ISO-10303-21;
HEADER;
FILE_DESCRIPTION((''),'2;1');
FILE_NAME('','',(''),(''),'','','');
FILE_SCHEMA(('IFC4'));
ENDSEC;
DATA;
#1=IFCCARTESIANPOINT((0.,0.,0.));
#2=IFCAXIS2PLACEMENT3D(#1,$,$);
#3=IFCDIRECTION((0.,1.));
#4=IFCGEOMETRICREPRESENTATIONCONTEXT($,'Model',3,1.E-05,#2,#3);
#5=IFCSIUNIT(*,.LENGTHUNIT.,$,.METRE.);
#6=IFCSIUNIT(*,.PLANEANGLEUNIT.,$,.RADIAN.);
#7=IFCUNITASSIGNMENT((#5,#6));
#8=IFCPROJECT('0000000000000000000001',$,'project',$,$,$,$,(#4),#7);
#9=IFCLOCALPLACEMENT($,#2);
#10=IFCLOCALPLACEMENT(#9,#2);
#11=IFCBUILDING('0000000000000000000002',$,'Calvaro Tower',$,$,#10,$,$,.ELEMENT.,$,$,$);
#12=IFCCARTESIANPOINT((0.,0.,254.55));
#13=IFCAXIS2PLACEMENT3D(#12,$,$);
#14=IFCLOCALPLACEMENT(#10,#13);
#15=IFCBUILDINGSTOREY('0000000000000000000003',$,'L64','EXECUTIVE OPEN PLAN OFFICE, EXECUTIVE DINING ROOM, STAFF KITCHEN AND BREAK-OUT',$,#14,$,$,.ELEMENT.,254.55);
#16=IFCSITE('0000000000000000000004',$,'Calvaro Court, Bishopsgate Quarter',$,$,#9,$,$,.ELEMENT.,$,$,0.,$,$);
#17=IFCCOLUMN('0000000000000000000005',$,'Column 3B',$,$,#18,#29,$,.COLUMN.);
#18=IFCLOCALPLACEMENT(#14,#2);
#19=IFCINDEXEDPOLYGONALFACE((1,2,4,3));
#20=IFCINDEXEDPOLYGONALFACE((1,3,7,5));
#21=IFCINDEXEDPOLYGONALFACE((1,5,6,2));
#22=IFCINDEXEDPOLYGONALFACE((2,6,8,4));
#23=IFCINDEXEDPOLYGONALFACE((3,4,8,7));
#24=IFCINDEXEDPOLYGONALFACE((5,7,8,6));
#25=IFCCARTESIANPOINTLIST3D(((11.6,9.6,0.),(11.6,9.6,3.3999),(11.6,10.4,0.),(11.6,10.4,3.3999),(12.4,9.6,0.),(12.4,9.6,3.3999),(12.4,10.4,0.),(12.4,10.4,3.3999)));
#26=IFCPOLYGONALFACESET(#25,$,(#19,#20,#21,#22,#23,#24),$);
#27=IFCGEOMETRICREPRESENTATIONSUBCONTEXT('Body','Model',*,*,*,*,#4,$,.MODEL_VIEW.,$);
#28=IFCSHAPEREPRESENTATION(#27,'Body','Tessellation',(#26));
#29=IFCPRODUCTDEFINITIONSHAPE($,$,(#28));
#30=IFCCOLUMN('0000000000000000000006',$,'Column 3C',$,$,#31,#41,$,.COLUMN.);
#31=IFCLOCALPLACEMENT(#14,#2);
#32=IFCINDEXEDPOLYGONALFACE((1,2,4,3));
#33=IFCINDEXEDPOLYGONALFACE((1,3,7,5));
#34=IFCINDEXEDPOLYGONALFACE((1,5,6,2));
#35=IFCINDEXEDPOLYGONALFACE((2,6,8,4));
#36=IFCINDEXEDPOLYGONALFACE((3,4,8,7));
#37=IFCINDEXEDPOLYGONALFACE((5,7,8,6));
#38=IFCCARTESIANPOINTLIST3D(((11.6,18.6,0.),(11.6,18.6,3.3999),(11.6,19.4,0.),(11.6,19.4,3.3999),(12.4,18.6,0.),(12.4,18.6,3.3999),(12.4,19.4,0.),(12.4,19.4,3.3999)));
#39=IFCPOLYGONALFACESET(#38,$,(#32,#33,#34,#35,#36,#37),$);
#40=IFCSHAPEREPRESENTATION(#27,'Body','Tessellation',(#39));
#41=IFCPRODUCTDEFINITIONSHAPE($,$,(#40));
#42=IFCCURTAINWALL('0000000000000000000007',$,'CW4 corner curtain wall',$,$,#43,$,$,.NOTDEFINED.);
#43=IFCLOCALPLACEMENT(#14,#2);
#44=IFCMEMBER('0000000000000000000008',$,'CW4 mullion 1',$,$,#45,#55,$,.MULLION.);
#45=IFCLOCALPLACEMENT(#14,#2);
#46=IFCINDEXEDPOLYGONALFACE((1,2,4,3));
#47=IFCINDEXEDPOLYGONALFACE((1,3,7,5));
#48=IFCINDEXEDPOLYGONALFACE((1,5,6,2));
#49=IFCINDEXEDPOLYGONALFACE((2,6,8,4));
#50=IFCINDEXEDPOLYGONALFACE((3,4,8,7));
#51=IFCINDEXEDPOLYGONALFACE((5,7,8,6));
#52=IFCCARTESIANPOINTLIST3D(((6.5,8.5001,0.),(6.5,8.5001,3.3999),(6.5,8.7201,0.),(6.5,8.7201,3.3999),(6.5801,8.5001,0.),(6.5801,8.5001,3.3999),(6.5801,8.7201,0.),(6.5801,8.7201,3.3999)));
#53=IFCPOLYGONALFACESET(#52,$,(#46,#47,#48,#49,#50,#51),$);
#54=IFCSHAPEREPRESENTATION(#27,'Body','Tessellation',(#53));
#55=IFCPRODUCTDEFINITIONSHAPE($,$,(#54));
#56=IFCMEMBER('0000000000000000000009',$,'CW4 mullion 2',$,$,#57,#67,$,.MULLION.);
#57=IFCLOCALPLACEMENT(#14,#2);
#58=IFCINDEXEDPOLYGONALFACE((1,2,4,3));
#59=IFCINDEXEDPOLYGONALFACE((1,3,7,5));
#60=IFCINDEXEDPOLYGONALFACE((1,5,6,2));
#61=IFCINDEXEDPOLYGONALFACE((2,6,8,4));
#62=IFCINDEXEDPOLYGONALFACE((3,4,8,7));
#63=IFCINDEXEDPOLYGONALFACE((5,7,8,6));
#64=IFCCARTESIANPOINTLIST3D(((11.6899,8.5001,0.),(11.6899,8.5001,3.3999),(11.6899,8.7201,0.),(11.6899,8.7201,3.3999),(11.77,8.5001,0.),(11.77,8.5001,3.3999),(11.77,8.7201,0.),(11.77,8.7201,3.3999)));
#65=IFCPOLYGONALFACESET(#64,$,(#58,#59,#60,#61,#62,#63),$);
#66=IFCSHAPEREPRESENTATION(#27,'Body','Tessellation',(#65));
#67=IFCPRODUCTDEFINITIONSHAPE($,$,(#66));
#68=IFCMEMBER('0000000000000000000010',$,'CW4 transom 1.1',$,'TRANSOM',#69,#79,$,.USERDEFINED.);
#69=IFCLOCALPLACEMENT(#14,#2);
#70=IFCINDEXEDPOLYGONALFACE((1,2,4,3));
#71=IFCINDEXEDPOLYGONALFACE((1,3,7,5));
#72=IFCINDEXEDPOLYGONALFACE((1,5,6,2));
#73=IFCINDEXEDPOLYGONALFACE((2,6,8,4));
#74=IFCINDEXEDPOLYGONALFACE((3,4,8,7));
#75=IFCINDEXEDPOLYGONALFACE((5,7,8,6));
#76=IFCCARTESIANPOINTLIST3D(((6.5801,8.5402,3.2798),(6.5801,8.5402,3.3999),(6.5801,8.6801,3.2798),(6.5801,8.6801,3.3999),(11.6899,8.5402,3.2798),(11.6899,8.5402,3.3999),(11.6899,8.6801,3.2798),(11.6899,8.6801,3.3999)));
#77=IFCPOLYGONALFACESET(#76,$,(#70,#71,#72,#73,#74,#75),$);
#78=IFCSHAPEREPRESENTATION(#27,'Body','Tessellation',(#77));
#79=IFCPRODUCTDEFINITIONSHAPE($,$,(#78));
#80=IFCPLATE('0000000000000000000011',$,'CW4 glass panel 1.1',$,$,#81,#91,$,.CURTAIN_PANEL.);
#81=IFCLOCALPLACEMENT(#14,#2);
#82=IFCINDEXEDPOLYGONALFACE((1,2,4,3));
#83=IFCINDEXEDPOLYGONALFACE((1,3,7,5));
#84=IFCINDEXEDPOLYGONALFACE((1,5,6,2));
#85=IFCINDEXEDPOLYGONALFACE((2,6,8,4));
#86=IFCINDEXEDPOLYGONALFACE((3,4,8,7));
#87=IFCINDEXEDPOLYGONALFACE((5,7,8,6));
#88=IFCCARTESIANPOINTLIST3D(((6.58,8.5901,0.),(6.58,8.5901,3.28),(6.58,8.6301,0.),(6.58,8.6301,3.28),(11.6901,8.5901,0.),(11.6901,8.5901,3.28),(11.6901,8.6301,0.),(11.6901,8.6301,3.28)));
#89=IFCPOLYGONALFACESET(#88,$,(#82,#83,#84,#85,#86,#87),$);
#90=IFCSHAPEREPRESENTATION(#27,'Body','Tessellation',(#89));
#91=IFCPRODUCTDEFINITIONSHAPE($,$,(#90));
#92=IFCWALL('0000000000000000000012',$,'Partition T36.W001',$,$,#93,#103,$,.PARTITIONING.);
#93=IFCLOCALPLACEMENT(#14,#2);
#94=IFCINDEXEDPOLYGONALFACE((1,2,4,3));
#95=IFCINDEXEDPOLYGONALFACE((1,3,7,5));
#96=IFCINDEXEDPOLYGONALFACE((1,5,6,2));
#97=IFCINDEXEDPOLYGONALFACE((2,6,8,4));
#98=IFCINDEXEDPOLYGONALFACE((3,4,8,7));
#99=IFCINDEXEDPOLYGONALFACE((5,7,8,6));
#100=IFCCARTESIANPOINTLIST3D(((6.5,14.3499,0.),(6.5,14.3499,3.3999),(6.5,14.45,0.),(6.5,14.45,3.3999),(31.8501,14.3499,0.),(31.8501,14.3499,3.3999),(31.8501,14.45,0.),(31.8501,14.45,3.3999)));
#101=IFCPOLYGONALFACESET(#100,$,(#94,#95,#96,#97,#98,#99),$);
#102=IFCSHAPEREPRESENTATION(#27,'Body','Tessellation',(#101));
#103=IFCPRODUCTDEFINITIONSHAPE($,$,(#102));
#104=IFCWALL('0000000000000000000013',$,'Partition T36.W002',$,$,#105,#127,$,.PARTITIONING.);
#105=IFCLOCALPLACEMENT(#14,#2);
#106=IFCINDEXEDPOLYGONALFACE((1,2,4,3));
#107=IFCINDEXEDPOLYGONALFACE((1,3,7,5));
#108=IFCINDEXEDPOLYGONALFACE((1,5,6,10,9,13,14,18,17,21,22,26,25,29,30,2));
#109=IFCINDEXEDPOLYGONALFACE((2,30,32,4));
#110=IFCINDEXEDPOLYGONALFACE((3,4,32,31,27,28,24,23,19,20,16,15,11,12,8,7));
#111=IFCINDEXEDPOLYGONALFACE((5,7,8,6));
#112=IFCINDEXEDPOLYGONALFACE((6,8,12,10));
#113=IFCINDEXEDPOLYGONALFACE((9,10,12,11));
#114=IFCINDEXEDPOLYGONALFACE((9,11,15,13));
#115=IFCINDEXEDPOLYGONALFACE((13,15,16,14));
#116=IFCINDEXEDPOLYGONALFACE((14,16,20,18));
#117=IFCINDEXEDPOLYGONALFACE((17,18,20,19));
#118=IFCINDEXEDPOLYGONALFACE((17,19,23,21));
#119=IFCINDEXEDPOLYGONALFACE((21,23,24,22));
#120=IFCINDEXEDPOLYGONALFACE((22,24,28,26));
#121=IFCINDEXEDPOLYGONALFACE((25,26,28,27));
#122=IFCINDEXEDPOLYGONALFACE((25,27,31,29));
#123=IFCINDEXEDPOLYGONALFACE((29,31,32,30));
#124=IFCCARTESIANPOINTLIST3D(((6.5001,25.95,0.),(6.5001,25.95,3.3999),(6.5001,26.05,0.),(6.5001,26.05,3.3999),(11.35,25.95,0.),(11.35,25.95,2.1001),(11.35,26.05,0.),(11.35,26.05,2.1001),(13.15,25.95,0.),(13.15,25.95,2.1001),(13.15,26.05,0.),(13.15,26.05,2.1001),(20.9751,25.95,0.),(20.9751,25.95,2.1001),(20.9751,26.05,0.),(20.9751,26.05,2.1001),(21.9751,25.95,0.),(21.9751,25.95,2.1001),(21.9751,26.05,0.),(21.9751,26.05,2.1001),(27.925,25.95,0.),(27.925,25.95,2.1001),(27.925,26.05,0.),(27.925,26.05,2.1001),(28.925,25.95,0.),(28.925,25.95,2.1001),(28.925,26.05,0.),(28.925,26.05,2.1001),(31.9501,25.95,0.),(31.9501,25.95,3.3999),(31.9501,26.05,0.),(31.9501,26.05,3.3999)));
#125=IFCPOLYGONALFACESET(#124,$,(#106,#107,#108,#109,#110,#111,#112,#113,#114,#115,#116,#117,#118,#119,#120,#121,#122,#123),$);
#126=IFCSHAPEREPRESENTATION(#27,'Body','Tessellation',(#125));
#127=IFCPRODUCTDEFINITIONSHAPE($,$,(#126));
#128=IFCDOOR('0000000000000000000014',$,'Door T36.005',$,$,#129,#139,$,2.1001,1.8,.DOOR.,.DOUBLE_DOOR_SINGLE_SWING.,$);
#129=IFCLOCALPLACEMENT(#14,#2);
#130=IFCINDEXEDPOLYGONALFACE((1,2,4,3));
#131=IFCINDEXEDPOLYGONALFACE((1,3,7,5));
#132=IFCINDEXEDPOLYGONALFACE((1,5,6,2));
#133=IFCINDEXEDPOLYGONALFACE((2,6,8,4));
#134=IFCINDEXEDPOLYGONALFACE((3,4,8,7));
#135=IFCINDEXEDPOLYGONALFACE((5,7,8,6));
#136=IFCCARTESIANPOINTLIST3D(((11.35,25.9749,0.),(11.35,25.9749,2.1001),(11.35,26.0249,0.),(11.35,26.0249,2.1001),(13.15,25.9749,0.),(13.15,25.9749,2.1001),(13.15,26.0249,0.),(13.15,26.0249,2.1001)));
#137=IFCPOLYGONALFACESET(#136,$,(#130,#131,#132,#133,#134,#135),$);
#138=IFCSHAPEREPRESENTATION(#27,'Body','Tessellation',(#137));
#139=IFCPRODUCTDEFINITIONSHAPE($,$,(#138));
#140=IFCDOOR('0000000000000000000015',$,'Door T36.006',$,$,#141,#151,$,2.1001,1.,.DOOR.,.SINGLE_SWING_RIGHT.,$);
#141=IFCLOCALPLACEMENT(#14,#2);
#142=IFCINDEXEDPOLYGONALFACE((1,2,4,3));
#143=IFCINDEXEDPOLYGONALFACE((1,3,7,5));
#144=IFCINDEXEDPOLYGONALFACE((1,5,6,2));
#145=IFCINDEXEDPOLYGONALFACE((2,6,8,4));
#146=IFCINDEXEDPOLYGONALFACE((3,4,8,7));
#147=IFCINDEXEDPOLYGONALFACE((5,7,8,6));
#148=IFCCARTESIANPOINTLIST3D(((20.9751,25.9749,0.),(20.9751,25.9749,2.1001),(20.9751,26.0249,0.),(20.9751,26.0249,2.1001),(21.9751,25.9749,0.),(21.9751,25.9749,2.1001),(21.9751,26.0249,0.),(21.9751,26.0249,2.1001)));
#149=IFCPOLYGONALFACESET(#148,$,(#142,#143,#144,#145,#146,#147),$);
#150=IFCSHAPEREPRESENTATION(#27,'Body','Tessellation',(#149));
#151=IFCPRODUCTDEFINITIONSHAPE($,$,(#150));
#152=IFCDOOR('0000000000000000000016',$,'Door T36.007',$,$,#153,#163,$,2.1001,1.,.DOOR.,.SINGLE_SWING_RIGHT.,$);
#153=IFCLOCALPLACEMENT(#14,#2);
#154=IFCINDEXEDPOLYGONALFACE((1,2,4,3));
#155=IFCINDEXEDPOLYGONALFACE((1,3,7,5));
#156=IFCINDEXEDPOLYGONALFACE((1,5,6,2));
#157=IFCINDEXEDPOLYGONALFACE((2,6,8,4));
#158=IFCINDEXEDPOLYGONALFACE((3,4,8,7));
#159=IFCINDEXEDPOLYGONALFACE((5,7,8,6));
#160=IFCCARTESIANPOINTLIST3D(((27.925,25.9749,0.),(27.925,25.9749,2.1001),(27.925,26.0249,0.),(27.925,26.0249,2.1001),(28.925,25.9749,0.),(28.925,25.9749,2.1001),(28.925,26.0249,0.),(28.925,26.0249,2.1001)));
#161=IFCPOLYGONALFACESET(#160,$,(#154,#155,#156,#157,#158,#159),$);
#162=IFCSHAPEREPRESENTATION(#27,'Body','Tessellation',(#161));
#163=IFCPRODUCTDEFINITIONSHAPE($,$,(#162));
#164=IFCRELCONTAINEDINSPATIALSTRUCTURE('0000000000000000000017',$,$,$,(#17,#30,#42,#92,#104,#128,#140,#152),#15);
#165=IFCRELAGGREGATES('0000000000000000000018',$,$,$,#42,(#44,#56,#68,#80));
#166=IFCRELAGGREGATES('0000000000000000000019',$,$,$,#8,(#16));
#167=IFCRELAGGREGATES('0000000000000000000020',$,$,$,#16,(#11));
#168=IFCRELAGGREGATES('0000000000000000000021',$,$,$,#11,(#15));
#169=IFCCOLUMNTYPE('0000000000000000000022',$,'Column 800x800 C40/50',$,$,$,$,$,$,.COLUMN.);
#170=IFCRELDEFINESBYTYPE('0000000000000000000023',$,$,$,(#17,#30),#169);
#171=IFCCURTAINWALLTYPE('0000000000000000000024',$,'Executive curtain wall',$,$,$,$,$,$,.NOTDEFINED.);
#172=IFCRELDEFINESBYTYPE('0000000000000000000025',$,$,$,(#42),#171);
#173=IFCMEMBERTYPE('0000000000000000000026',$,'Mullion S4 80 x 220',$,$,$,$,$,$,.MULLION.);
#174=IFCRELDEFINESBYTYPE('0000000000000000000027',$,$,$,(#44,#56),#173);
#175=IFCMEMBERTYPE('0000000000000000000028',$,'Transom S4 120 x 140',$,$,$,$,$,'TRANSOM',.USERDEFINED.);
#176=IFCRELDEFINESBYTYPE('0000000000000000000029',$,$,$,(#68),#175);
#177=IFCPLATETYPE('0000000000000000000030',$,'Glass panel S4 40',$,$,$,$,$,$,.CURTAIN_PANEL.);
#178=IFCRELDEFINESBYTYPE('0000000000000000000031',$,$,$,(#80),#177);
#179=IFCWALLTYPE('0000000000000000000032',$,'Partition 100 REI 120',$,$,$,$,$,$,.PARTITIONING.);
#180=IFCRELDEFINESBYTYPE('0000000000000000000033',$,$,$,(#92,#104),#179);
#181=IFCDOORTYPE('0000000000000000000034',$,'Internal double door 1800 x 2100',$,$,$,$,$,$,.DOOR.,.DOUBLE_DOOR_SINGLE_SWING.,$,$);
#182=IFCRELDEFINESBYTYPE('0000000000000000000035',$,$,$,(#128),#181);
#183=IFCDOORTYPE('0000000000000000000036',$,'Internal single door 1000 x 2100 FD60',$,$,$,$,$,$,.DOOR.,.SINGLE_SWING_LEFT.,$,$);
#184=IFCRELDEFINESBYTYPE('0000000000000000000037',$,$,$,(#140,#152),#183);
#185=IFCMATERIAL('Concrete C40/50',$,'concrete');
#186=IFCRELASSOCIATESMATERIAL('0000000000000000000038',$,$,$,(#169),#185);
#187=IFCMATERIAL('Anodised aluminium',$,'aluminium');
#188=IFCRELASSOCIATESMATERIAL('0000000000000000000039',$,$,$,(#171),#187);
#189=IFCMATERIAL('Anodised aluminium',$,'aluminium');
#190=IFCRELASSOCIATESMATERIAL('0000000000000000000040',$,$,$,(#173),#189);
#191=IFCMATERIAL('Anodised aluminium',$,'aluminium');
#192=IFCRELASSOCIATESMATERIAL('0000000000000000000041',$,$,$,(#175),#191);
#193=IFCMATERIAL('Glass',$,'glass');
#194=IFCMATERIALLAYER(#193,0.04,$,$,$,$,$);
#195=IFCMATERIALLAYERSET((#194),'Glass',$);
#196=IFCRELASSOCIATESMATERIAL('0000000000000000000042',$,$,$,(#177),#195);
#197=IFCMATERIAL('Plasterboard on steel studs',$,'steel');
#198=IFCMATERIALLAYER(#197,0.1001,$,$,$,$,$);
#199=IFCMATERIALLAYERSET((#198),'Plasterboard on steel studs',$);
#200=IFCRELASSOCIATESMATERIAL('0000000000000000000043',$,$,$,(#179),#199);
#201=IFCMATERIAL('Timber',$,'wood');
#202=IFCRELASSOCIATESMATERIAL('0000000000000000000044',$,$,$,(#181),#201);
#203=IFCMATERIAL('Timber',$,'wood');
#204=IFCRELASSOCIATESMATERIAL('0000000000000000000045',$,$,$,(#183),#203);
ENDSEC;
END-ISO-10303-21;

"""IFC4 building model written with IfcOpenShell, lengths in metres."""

from ifc_helpers import new_model, si_unit, direction, frame, frame_2d, origin, origin_2d, place, context, subcontext, project, spatial, rectangle, extrude, material, layer, layer_set, material_profile, profile_set, type_object, element, fill, aggregate, save


model = new_model("IFC4")

# Units and contexts
model_context = context("Model", 3, precision=1e-05, world=origin(), true_north=direction((0.0, 1.0)))
body_context = subcontext(model_context, "Body", "Model", "MODEL_VIEW")
ifc_project = project(units=[si_unit("LENGTHUNIT", "METRE"), si_unit("PLANEANGLEUNIT", "RADIAN")], contexts=[model_context])

# Site, building, storey
site_placement = place(None, origin())
site = spatial("IfcSite", under=ifc_project, at=site_placement, Name="Calvaro Court, Bishopsgate Quarter", CompositionType="ELEMENT", RefElevation=0.0)
building_placement = place(site_placement, origin())
building = spatial("IfcBuilding", under=site, at=building_placement, Name="Calvaro Tower", CompositionType="ELEMENT")
storey_placement = place(building_placement, frame((0.0, 0.0, 254.55)))
storey = spatial("IfcBuildingStorey", under=building, at=storey_placement, Name="L64", Description="EXECUTIVE OPEN PLAN OFFICE, EXECUTIVE DINING ROOM, STAFF KITCHEN AND BREAK-OUT", CompositionType="ELEMENT", Elevation=254.55)

# Columns
ifc_material_1 = material(Name="Concrete C40/50", Category="concrete")
ifc_material_profile_1 = material_profile(ifc_material_1, rectangle(XDim=0.8, YDim=0.8, at=origin_2d()), Name="RC 800x800")
ifc_profile_set_1 = profile_set([ifc_material_profile_1], Name="Concrete C40/50")
column_type = type_object("IfcColumnType", Name="Column 800x800 C40/50", PredefinedType="COLUMN", material=ifc_profile_set_1)
for number, where, z_axis, x_axis, name in (
    (1, (12.0, 10.0, 0.0), (0.0, 0.0, 1.0), (1.0, 0.0, 0.0), "Column 3B"),
    (2, (12.0, 19.0, 0.0), (0.0, 0.0, 1.0), (1.0, 0.0, 0.0), "Column 3C"),
):
    element("IfcColumn", number, at=place(storey_placement, frame(where, z_axis=z_axis, x_axis=x_axis)), inside=storey, type_object=column_type, Name=name, PredefinedType="COLUMN", context=body_context, shape_type="SweptSolid", body=[
        extrude(rectangle(XDim=0.8, YDim=0.8, at=origin_2d()), origin(), (0.0, 0.0, 1.0), 3.3999),
    ])

# Curtain wall, members, plate
ifc_material_2 = material(Name="Anodised aluminium", Category="aluminium")
curtain_wall_type = type_object("IfcCurtainWallType", Name="Executive curtain wall", PredefinedType="NOTDEFINED", material=ifc_material_2)
curtain_wall_placement = place(storey_placement, origin())
curtain_wall = element("IfcCurtainWall", 3, at=curtain_wall_placement, inside=storey, type_object=curtain_wall_type, Name="CW4 corner curtain wall", PredefinedType="NOTDEFINED")
ifc_material_3 = material(Name="Anodised aluminium", Category="aluminium")
ifc_material_profile_2 = material_profile(ifc_material_3, rectangle(XDim=0.22, YDim=0.0801, at=origin_2d()), Name="Mullion S4 80 x 220")
ifc_profile_set_2 = profile_set([ifc_material_profile_2], Name="Anodised aluminium")
member_type_1 = type_object("IfcMemberType", Name="Mullion S4 80 x 220", PredefinedType="MULLION", material=ifc_profile_set_2)
member_1_placement = place(storey_placement, frame((6.54, 8.6101, 0.0), z_axis=(0.0, 0.0, 1.0), x_axis=(0.0, 1.0, 0.0)))
member_1 = element("IfcMember", 4, at=member_1_placement, type_object=member_type_1, Name="CW4 mullion 1", PredefinedType="MULLION", context=body_context, shape_type="SweptSolid", body=[
    extrude(rectangle(XDim=0.22, YDim=0.0801, at=origin_2d()), origin(), (0.0, 0.0, 1.0), 3.3999),
])
member_2_placement = place(storey_placement, frame((11.73, 8.6101, 0.0), z_axis=(0.0, 0.0, 1.0), x_axis=(0.0, 1.0, 0.0)))
member_2 = element("IfcMember", 5, at=member_2_placement, type_object=member_type_1, Name="CW4 mullion 2", PredefinedType="MULLION", context=body_context, shape_type="SweptSolid", body=[
    extrude(rectangle(XDim=0.22, YDim=0.0801, at=origin_2d()), origin(), (0.0, 0.0, 1.0), 3.3999),
])
ifc_material_4 = material(Name="Anodised aluminium", Category="aluminium")
ifc_material_profile_3 = material_profile(ifc_material_4, rectangle(XDim=0.1399, YDim=0.1201, at=origin_2d()), Name="Transom S4 120 x 140")
ifc_profile_set_3 = profile_set([ifc_material_profile_3], Name="Anodised aluminium")
member_type_2 = type_object("IfcMemberType", Name="Transom S4 120 x 140", ElementType="TRANSOM", PredefinedType="USERDEFINED", material=ifc_profile_set_3)
member_3_placement = place(storey_placement, frame((6.5801, 8.6101, 3.3398), z_axis=(1.0, 0.0, 0.0), x_axis=(0.0, 1.0, 0.0)))
member_3 = element("IfcMember", 6, at=member_3_placement, type_object=member_type_2, Name="CW4 transom 1.1", ObjectType="TRANSOM", PredefinedType="USERDEFINED", context=body_context, shape_type="SweptSolid", body=[
    extrude(rectangle(XDim=0.1399, YDim=0.1201, at=origin_2d()), origin(), (0.0, 0.0, 1.0), 5.1099),
])
ifc_material_5 = material(Name="Glass", Category="glass")
ifc_layer_1 = layer(ifc_material_5, 0.04)
ifc_layer_set_1 = layer_set([ifc_layer_1], Name="Glass")
plate_type = type_object("IfcPlateType", Name="Glass panel S4 40", PredefinedType="CURTAIN_PANEL", material=ifc_layer_set_1)
plate_placement = place(storey_placement, frame((9.135, 8.6101, 0.0), z_axis=(0.0, 0.0, 1.0), x_axis=(1.0, 0.0, 0.0)))
plate = element("IfcPlate", 7, at=plate_placement, type_object=plate_type, Name="CW4 glass panel 1.1", PredefinedType="CURTAIN_PANEL", context=body_context, shape_type="SweptSolid", body=[
    extrude(rectangle(XDim=5.1101, YDim=0.04, at=origin_2d()), origin(), (0.0, 0.0, 1.0), 3.28),
])
aggregate(curtain_wall, [member_1, member_2, member_3, plate])

# Wall
ifc_material_6 = material(Name="Plasterboard on steel studs", Category="steel")
ifc_layer_2 = layer(ifc_material_6, 0.1001)
ifc_layer_set_2 = layer_set([ifc_layer_2], Name="Plasterboard on steel studs")
wall_type = type_object("IfcWallType", Name="Partition 100 REI 120", PredefinedType="PARTITIONING", material=ifc_layer_set_2)
wall_1_placement = place(storey_placement, frame((6.5, 14.3999, 0.0), z_axis=(0.0, 0.0, 1.0), x_axis=(1.0, 0.0, 0.0)))
element("IfcWall", 8, at=wall_1_placement, inside=storey, type_object=wall_type, Name="Partition T36.W001", PredefinedType="PARTITIONING", context=body_context, shape_type="SweptSolid", body=[
    extrude(rectangle(XDim=25.3501, YDim=0.1001, at=frame_2d((12.675, 0.0))), origin(), (0.0, 0.0, 1.0), 3.3999),
])

# Wall, openings, doors
wall_2_placement = place(storey_placement, frame((6.5, 26.0, 0.0), z_axis=(0.0, 0.0, 1.0), x_axis=(1.0, 0.0, 0.0)))
wall_2 = element("IfcWall", 9, at=wall_2_placement, inside=storey, type_object=wall_type, Name="Partition T36.W002", PredefinedType="PARTITIONING", context=body_context, shape_type="SweptSolid", body=[
    extrude(rectangle(XDim=25.45, YDim=0.1001, at=frame_2d((12.7251, 0.0))), origin(), (0.0, 0.0, 1.0), 3.3999),
])
opening_1_placement = place(wall_2_placement, frame((4.8501, 0.0, 0.0)))
opening_1 = element("IfcOpeningElement", 10, at=opening_1_placement, cuts=wall_2, PredefinedType="OPENING", context=body_context, shape_type="SweptSolid", body=[
    extrude(rectangle(XDim=1.8, YDim=2.1001, at=frame_2d((0.8999, 1.05))), frame((0.0, 0.0601, 0.0), z_axis=(0.0, -1.0, 0.0), x_axis=(1.0, 0.0, 0.0)), (0.0, 0.0, 1.0), 0.1201),
])
opening_2_placement = place(wall_2_placement, frame((14.4751, 0.0, 0.0)))
opening_2 = element("IfcOpeningElement", 11, at=opening_2_placement, cuts=wall_2, PredefinedType="OPENING", context=body_context, shape_type="SweptSolid", body=[
    extrude(rectangle(XDim=1.0, YDim=2.1001, at=frame_2d((0.5, 1.05))), frame((0.0, 0.0601, 0.0), z_axis=(0.0, -1.0, 0.0), x_axis=(1.0, 0.0, 0.0)), (0.0, 0.0, 1.0), 0.1201),
])
opening_3_placement = place(wall_2_placement, frame((21.425, 0.0, 0.0)))
opening_3 = element("IfcOpeningElement", 12, at=opening_3_placement, cuts=wall_2, PredefinedType="OPENING", context=body_context, shape_type="SweptSolid", body=[
    extrude(rectangle(XDim=1.0, YDim=2.1001, at=frame_2d((0.5, 1.05))), frame((0.0, 0.0601, 0.0), z_axis=(0.0, -1.0, 0.0), x_axis=(1.0, 0.0, 0.0)), (0.0, 0.0, 1.0), 0.1201),
])
ifc_material_7 = material(Name="Timber", Category="wood")
door_type_1 = type_object("IfcDoorType", Name="Internal double door 1800 x 2100", OperationType="DOUBLE_DOOR_SINGLE_SWING", PredefinedType="DOOR", material=ifc_material_7)
door_1_placement = place(opening_1_placement, origin())
door_1 = element("IfcDoor", 13, at=door_1_placement, inside=storey, type_object=door_type_1, Name="Door T36.005", OperationType="DOUBLE_DOOR_SINGLE_SWING", OverallHeight=2.1001, OverallWidth=1.8, PredefinedType="DOOR", context=body_context, shape_type="SweptSolid", body=[
    extrude(rectangle(XDim=1.8, YDim=2.1001, at=frame_2d((0.8999, 1.05))), frame((0.0, 0.0249, 0.0), z_axis=(0.0, -1.0, 0.0), x_axis=(1.0, 0.0, 0.0)), (0.0, 0.0, 1.0), 0.05),
])
fill(opening_1, door_1)
ifc_material_8 = material(Name="Timber", Category="wood")
door_type_2 = type_object("IfcDoorType", Name="Internal single door 1000 x 2100 FD60", OperationType="SINGLE_SWING_LEFT", PredefinedType="DOOR", material=ifc_material_8)
door_2_placement = place(opening_2_placement, origin())
door_2 = element("IfcDoor", 14, at=door_2_placement, inside=storey, type_object=door_type_2, Name="Door T36.006", OperationType="SINGLE_SWING_RIGHT", OverallHeight=2.1001, OverallWidth=1.0, PredefinedType="DOOR", context=body_context, shape_type="SweptSolid", body=[
    extrude(rectangle(XDim=1.0, YDim=2.1001, at=frame_2d((0.5, 1.05))), frame((0.0, 0.0249, 0.0), z_axis=(0.0, -1.0, 0.0), x_axis=(1.0, 0.0, 0.0)), (0.0, 0.0, 1.0), 0.05),
])
fill(opening_2, door_2)
door_3_placement = place(opening_3_placement, origin())
door_3 = element("IfcDoor", 15, at=door_3_placement, inside=storey, type_object=door_type_2, Name="Door T36.007", OperationType="SINGLE_SWING_RIGHT", OverallHeight=2.1001, OverallWidth=1.0, PredefinedType="DOOR", context=body_context, shape_type="SweptSolid", body=[
    extrude(rectangle(XDim=1.0, YDim=2.1001, at=frame_2d((0.5, 1.05))), frame((0.0, 0.0249, 0.0), z_axis=(0.0, -1.0, 0.0), x_axis=(1.0, 0.0, 0.0)), (0.0, 0.0, 1.0), 0.05),
])
fill(opening_3, door_3)

save(model, "model.ifc")
